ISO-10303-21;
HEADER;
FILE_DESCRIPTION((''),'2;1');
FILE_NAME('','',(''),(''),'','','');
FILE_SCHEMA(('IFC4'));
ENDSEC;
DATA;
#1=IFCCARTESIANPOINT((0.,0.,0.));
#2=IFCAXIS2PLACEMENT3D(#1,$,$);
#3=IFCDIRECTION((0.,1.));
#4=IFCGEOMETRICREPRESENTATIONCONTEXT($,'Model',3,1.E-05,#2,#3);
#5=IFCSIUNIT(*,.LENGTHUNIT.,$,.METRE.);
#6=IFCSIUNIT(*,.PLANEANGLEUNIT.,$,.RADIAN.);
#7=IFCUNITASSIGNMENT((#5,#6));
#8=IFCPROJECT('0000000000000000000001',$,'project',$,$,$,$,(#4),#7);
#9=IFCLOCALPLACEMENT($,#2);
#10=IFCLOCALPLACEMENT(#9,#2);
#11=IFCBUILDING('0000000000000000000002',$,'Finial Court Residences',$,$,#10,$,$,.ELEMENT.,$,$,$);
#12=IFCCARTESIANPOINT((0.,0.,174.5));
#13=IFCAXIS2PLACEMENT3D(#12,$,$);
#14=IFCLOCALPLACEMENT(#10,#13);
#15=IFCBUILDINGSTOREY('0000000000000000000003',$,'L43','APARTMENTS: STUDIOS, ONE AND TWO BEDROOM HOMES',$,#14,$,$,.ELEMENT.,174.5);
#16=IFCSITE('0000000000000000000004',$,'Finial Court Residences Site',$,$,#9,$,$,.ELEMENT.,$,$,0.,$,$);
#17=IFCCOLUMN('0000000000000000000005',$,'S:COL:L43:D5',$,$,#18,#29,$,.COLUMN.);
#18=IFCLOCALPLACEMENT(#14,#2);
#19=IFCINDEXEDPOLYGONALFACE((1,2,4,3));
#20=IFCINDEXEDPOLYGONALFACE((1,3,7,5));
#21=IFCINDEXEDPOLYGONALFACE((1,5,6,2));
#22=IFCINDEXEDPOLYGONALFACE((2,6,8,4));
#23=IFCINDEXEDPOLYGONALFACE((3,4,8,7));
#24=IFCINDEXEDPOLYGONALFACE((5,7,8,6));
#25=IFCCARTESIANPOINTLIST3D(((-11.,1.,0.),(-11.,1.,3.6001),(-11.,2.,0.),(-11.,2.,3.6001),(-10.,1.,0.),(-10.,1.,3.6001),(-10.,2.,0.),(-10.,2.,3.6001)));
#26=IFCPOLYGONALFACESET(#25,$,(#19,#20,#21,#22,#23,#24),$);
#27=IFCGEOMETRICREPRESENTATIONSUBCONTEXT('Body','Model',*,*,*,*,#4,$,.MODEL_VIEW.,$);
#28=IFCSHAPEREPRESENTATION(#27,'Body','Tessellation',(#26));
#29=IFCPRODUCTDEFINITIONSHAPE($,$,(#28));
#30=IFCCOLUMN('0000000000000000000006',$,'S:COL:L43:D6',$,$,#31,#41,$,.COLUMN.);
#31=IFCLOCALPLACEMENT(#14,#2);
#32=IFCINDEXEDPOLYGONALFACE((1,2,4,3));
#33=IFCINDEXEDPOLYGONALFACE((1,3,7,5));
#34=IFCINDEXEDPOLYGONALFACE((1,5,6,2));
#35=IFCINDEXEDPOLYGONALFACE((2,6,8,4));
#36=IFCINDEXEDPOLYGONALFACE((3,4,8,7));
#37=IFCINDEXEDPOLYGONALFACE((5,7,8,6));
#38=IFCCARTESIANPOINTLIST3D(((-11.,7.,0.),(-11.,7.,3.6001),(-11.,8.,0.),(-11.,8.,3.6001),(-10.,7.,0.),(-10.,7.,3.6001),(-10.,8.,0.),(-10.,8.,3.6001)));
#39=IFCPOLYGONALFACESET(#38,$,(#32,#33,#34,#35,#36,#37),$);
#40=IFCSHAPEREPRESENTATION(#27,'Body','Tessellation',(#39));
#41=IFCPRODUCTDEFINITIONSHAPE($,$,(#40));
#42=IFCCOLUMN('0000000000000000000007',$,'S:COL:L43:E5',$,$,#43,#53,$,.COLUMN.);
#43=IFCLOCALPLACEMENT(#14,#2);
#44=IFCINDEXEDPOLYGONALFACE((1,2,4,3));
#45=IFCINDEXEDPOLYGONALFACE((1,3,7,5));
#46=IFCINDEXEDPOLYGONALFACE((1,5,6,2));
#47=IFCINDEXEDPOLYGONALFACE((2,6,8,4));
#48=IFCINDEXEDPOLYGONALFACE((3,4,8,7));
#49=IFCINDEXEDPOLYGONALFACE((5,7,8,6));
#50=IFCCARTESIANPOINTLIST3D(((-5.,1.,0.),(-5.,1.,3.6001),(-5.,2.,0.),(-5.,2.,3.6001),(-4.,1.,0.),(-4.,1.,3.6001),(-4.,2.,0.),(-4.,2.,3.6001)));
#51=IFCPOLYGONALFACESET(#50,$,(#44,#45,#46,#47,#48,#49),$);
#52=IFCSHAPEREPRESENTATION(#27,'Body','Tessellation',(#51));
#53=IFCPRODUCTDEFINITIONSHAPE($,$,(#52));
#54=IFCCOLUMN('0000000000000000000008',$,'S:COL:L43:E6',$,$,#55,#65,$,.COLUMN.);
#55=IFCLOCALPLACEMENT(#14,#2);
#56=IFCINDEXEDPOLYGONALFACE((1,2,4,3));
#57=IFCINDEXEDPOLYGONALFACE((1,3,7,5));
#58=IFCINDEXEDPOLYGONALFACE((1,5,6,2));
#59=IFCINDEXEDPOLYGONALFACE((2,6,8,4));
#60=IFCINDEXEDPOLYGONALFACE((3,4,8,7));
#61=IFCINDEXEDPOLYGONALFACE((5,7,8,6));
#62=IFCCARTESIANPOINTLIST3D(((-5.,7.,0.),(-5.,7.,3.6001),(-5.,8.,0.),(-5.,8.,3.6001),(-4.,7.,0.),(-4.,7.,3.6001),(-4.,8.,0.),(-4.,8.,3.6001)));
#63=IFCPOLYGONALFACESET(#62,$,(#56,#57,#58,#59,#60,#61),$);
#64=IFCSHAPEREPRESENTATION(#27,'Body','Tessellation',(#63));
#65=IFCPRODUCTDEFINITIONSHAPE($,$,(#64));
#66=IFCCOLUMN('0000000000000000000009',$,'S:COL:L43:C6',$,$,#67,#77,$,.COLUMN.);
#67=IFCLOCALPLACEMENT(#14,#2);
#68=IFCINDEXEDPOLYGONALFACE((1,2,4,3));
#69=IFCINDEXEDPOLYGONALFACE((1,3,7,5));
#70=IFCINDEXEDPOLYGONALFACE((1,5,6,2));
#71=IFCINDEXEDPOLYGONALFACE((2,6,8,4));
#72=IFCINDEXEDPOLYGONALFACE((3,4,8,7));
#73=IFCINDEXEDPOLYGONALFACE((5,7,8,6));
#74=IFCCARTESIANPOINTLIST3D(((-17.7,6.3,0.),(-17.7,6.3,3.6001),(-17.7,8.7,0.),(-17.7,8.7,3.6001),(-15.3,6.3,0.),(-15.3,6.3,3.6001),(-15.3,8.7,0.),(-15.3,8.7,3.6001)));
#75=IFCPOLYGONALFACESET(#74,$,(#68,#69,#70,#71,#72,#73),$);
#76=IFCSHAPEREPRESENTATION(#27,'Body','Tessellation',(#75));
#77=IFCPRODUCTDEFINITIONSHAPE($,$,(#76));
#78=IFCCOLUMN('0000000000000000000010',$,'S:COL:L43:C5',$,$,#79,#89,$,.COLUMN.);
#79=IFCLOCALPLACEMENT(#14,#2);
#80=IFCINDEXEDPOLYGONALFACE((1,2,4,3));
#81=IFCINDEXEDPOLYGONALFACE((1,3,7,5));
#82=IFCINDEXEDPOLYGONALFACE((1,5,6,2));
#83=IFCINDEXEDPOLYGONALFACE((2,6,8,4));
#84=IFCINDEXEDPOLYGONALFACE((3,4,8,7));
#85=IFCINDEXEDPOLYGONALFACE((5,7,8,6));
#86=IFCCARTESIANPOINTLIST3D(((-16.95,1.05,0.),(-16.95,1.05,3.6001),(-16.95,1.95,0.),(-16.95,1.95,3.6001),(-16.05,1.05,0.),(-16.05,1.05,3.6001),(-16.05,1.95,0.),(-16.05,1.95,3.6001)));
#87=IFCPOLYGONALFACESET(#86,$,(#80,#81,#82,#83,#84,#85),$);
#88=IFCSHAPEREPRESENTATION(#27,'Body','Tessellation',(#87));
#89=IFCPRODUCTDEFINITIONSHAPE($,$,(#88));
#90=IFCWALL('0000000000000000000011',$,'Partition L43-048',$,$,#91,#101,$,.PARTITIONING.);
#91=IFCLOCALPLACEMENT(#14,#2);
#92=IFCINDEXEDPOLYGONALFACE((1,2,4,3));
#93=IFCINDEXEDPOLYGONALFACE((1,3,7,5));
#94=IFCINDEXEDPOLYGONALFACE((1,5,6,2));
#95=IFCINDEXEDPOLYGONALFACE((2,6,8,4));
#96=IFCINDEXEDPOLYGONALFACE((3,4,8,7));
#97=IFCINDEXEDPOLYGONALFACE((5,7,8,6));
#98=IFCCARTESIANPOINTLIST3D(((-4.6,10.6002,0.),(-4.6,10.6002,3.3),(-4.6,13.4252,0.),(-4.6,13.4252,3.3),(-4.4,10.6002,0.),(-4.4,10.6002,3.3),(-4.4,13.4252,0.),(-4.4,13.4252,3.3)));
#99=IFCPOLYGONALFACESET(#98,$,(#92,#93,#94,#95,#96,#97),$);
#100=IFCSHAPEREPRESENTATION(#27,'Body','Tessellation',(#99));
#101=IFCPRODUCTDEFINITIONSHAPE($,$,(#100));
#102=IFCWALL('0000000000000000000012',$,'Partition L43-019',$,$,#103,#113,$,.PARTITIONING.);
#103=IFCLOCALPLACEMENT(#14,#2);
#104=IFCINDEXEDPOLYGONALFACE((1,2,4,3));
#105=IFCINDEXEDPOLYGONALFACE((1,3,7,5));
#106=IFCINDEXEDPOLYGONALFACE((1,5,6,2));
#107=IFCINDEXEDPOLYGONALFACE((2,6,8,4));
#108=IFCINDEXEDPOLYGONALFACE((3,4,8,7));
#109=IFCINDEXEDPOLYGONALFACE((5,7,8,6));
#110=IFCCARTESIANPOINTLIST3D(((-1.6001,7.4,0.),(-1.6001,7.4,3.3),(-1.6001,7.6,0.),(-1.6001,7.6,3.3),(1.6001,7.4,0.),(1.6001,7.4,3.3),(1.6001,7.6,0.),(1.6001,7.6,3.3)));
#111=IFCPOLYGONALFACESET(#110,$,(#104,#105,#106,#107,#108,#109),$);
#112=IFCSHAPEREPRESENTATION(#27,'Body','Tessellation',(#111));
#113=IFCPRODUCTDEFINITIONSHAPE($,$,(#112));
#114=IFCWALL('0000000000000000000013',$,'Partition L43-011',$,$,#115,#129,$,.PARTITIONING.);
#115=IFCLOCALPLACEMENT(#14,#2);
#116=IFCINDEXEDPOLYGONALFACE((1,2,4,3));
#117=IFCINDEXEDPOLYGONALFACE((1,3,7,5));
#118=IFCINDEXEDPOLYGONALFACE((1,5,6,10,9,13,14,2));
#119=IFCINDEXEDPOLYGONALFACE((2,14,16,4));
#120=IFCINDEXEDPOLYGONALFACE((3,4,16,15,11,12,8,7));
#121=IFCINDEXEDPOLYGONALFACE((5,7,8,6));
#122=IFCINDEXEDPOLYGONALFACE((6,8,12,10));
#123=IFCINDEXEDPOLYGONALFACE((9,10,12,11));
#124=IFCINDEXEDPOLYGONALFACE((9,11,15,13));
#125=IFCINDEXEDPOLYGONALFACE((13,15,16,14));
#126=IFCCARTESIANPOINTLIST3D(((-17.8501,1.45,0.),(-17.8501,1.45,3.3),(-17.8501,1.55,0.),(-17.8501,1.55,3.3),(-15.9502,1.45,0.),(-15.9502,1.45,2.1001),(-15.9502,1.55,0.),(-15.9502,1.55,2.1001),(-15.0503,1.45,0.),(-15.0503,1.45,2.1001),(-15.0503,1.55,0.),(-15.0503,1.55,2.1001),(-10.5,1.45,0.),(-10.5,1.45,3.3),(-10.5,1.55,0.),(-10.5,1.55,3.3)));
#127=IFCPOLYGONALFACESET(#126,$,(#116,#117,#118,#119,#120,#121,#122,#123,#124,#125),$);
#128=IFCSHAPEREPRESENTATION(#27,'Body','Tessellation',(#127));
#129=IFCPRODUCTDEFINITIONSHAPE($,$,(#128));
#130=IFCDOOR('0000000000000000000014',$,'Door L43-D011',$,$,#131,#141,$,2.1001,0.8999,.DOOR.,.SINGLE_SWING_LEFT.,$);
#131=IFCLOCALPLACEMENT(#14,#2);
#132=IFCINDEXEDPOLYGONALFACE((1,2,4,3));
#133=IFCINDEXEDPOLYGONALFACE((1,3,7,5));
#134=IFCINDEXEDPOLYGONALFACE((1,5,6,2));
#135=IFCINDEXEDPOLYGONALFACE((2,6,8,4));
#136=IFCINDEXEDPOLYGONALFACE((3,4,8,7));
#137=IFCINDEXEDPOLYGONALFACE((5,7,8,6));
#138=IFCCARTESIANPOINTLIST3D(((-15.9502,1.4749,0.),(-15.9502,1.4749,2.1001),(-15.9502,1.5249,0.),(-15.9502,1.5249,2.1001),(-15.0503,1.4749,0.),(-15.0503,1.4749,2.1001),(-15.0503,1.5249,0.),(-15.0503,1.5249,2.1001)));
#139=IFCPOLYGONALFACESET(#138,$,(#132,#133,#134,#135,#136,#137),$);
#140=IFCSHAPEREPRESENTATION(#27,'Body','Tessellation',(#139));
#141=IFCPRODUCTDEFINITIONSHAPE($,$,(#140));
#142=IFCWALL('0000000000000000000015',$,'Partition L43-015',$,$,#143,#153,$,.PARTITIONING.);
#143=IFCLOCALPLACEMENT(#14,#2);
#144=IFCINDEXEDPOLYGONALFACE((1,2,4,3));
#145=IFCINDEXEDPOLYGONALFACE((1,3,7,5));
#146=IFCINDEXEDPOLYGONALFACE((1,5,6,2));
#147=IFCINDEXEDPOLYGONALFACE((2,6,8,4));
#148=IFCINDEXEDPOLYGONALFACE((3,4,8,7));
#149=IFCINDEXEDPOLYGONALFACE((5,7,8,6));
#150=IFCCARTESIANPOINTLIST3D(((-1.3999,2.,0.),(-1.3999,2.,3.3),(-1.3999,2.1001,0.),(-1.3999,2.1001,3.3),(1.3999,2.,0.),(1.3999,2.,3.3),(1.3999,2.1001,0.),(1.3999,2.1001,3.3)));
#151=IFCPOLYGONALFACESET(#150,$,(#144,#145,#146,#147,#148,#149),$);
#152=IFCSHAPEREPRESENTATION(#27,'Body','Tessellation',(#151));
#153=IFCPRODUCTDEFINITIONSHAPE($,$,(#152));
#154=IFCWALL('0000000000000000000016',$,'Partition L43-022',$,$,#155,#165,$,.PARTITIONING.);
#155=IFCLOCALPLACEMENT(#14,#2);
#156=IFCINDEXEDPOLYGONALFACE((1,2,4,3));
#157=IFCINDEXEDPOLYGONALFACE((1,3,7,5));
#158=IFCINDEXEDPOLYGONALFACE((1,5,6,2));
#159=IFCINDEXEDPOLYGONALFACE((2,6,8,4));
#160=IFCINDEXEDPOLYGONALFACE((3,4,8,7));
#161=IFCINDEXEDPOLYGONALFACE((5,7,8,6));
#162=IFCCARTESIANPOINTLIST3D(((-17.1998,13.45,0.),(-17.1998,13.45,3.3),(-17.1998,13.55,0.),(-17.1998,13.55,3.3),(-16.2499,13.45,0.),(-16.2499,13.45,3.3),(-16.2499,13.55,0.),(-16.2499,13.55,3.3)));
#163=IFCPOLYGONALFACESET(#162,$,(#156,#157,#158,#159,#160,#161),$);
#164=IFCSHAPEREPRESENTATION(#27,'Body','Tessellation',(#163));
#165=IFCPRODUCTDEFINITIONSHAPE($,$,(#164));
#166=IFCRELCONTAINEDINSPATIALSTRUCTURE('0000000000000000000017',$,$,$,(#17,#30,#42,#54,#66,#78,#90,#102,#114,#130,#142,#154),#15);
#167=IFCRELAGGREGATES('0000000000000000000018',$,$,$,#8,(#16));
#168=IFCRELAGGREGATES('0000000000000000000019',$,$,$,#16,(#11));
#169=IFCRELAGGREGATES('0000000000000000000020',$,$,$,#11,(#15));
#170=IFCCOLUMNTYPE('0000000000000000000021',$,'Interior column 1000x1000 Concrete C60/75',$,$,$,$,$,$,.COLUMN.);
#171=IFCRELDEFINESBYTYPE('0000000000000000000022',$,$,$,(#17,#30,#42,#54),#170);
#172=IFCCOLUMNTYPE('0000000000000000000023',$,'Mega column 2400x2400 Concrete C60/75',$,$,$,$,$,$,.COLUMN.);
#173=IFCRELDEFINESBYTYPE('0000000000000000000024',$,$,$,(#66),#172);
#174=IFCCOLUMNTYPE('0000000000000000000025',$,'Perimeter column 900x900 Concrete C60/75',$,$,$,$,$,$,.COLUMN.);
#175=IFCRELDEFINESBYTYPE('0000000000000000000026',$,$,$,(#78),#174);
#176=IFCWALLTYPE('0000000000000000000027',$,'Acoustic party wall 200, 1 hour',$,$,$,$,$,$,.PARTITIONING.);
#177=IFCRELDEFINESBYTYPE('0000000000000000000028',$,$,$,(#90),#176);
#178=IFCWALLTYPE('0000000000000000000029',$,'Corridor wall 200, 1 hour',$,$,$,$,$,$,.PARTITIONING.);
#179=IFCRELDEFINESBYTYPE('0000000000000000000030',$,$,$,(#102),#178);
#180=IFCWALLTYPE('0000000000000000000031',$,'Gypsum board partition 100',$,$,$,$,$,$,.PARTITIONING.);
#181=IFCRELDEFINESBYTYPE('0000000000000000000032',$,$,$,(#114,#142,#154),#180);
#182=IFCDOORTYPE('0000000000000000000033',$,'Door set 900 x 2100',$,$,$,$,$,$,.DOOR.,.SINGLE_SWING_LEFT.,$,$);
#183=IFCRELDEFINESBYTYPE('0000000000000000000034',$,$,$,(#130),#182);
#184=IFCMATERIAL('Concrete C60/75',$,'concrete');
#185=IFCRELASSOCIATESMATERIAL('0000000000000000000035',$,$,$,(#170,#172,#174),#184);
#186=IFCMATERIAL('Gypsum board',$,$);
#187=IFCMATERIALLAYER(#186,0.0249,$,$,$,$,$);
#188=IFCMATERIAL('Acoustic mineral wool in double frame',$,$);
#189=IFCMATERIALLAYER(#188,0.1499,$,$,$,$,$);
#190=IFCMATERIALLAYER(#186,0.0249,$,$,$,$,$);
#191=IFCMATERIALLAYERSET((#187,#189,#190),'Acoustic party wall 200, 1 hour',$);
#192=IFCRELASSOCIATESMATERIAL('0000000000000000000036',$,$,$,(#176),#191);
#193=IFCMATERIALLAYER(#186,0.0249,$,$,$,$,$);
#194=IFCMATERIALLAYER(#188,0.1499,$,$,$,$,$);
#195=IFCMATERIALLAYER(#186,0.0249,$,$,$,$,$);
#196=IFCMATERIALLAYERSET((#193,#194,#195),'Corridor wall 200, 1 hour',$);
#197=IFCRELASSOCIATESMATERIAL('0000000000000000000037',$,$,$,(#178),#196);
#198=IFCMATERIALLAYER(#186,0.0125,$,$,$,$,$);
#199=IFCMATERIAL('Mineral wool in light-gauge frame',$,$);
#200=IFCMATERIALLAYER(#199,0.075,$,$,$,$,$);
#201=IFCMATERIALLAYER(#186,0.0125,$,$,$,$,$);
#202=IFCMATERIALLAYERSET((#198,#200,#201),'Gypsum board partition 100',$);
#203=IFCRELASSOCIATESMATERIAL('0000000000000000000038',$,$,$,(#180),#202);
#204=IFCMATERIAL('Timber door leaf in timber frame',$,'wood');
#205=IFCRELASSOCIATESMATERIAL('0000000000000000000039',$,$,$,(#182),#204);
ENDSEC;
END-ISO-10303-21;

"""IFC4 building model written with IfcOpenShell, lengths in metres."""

from ifc_helpers import new_model, si_unit, direction, frame, frame_2d, origin, origin_2d, place, context, subcontext, project, spatial, rectangle, extrude, material, layer, layer_set, material_profile, profile_set, type_object, element, fill, save


model = new_model("IFC4")

# Units and contexts
model_context = context("Model", 3, precision=1e-05, world=origin(), true_north=direction((0.0, 1.0)))
body_context = subcontext(model_context, "Body", "Model", "MODEL_VIEW")
ifc_project = project(units=[si_unit("LENGTHUNIT", "METRE"), si_unit("PLANEANGLEUNIT", "RADIAN")], contexts=[model_context])

# Site, building, storey
site_placement = place(None, origin())
site = spatial("IfcSite", under=ifc_project, at=site_placement, Name="Finial Court Residences Site", CompositionType="ELEMENT", RefElevation=0.0)
building_placement = place(site_placement, origin())
building = spatial("IfcBuilding", under=site, at=building_placement, Name="Finial Court Residences", CompositionType="ELEMENT")
storey_placement = place(building_placement, frame((0.0, 0.0, 174.5)))
storey = spatial("IfcBuildingStorey", under=building, at=storey_placement, Name="L43", Description="APARTMENTS: STUDIOS, ONE AND TWO BEDROOM HOMES", CompositionType="ELEMENT", Elevation=174.5)

# Columns
ifc_material_1 = material(Name="Concrete C60/75", Category="concrete")
ifc_material_profile_1 = material_profile(ifc_material_1, rectangle(XDim=1.0, YDim=1.0, at=origin_2d()), Name="1000x1000")
ifc_profile_set_1 = profile_set([ifc_material_profile_1], Name="Concrete C60/75")
column_type_1 = type_object("IfcColumnType", Name="Interior column 1000x1000 Concrete C60/75", PredefinedType="COLUMN", material=ifc_profile_set_1)
for number, where, z_axis, x_axis, name in (
    (1, (-10.5, 1.5, 0.0), (0.0, 0.0, 1.0), (1.0, 0.0, 0.0), "S:COL:L43:D5"),
    (2, (-10.5, 7.5, 0.0), (0.0, 0.0, 1.0), (1.0, 0.0, 0.0), "S:COL:L43:D6"),
    (3, (-4.5, 1.5, 0.0), (0.0, 0.0, 1.0), (1.0, 0.0, 0.0), "S:COL:L43:E5"),
    (4, (-4.5, 7.5, 0.0), (0.0, 0.0, 1.0), (1.0, 0.0, 0.0), "S:COL:L43:E6"),
):
    element("IfcColumn", number, at=place(storey_placement, frame(where, z_axis=z_axis, x_axis=x_axis)), inside=storey, type_object=column_type_1, Name=name, PredefinedType="COLUMN", context=body_context, shape_type="SweptSolid", body=[
        extrude(rectangle(XDim=1.0, YDim=1.0, at=origin_2d()), origin(), (0.0, 0.0, 1.0), 3.6001),
    ])
ifc_material_profile_2 = material_profile(ifc_material_1, rectangle(XDim=2.3999, YDim=2.3999, at=origin_2d()), Name="2400x2400")
ifc_profile_set_2 = profile_set([ifc_material_profile_2], Name="Concrete C60/75")
column_type_2 = type_object("IfcColumnType", Name="Mega column 2400x2400 Concrete C60/75", PredefinedType="COLUMN", material=ifc_profile_set_2)
column_1_placement = place(storey_placement, frame((-16.5, 7.5, 0.0), z_axis=(0.0, 0.0, 1.0), x_axis=(1.0, 0.0, 0.0)))
element("IfcColumn", 5, at=column_1_placement, inside=storey, type_object=column_type_2, Name="S:COL:L43:C6", PredefinedType="COLUMN", context=body_context, shape_type="SweptSolid", body=[
    extrude(rectangle(XDim=2.3999, YDim=2.3999, at=origin_2d()), origin(), (0.0, 0.0, 1.0), 3.6001),
])
ifc_material_profile_3 = material_profile(ifc_material_1, rectangle(XDim=0.8999, YDim=0.8999, at=origin_2d()), Name="900x900")
ifc_profile_set_3 = profile_set([ifc_material_profile_3], Name="Concrete C60/75")
column_type_3 = type_object("IfcColumnType", Name="Perimeter column 900x900 Concrete C60/75", PredefinedType="COLUMN", material=ifc_profile_set_3)
column_2_placement = place(storey_placement, frame((-16.5, 1.5, 0.0), z_axis=(0.0, 0.0, 1.0), x_axis=(1.0, 0.0, 0.0)))
element("IfcColumn", 6, at=column_2_placement, inside=storey, type_object=column_type_3, Name="S:COL:L43:C5", PredefinedType="COLUMN", context=body_context, shape_type="SweptSolid", body=[
    extrude(rectangle(XDim=0.8999, YDim=0.8999, at=origin_2d()), origin(), (0.0, 0.0, 1.0), 3.6001),
])

# Walls
ifc_material_2 = material(Name="Gypsum board")
ifc_layer_1 = layer(ifc_material_2, 0.0249)
ifc_material_3 = material(Name="Acoustic mineral wool in double frame")
ifc_layer_2 = layer(ifc_material_3, 0.1499)
ifc_layer_3 = layer(ifc_material_2, 0.0249)
ifc_layer_set_1 = layer_set([ifc_layer_1, ifc_layer_2, ifc_layer_3], Name="Acoustic party wall 200, 1 hour")
wall_type_1 = type_object("IfcWallType", Name="Acoustic party wall 200, 1 hour", PredefinedType="PARTITIONING", material=ifc_layer_set_1)
wall_1_placement = place(storey_placement, frame((-4.5, 10.6001, 0.0), z_axis=(0.0, 0.0, 1.0), x_axis=(0.0, 1.0, 0.0)))
element("IfcWall", 7, at=wall_1_placement, inside=storey, type_object=wall_type_1, Name="Partition L43-048", PredefinedType="PARTITIONING", context=body_context, shape_type="SweptSolid", body=[
    extrude(rectangle(XDim=2.825, YDim=0.2, at=frame_2d((1.4126, 0.0))), origin(), (0.0, 0.0, 1.0), 3.3),
])
ifc_layer_4 = layer(ifc_material_2, 0.0249)
ifc_layer_5 = layer(ifc_material_3, 0.1499)
ifc_layer_6 = layer(ifc_material_2, 0.0249)
ifc_layer_set_2 = layer_set([ifc_layer_4, ifc_layer_5, ifc_layer_6], Name="Corridor wall 200, 1 hour")
wall_type_2 = type_object("IfcWallType", Name="Corridor wall 200, 1 hour", PredefinedType="PARTITIONING", material=ifc_layer_set_2)
wall_2_placement = place(storey_placement, frame((-1.6001, 7.5, 0.0), z_axis=(0.0, 0.0, 1.0), x_axis=(1.0, 0.0, 0.0)))
element("IfcWall", 8, at=wall_2_placement, inside=storey, type_object=wall_type_2, Name="Partition L43-019", PredefinedType="PARTITIONING", context=body_context, shape_type="SweptSolid", body=[
    extrude(rectangle(XDim=3.2002, YDim=0.2, at=frame_2d((1.6001, 0.0))), origin(), (0.0, 0.0, 1.0), 3.3),
])

# Wall, opening, door
ifc_layer_7 = layer(ifc_material_2, 0.0125)
ifc_material_4 = material(Name="Mineral wool in light-gauge frame")
ifc_layer_8 = layer(ifc_material_4, 0.075)
ifc_layer_9 = layer(ifc_material_2, 0.0125)
ifc_layer_set_3 = layer_set([ifc_layer_7, ifc_layer_8, ifc_layer_9], Name="Gypsum board partition 100")
wall_type_3 = type_object("IfcWallType", Name="Gypsum board partition 100", PredefinedType="PARTITIONING", material=ifc_layer_set_3)
wall_3_placement = place(storey_placement, frame((-17.8501, 1.5, 0.0), z_axis=(0.0, 0.0, 1.0), x_axis=(1.0, 0.0, 0.0)))
wall_3 = element("IfcWall", 9, at=wall_3_placement, inside=storey, type_object=wall_type_3, Name="Partition L43-011", PredefinedType="PARTITIONING", context=body_context, shape_type="SweptSolid", body=[
    extrude(rectangle(XDim=7.3501, YDim=0.1001, at=frame_2d((3.675, 0.0))), origin(), (0.0, 0.0, 1.0), 3.3),
])
opening_1_placement = place(wall_3_placement, frame((1.8999, 0.0, 0.0)))
opening_1 = element("IfcOpeningElement", 10, at=opening_1_placement, cuts=wall_3, PredefinedType="OPENING", context=body_context, shape_type="SweptSolid", body=[
    extrude(rectangle(XDim=0.8999, YDim=2.1001, at=frame_2d((0.45, 1.05))), frame((0.0, 0.0601, 0.0), z_axis=(0.0, -1.0, 0.0), x_axis=(1.0, 0.0, 0.0)), (0.0, 0.0, 1.0), 0.1201),
])
ifc_material_5 = material(Name="Timber door leaf in timber frame", Category="wood")
door_type = type_object("IfcDoorType", Name="Door set 900 x 2100", OperationType="SINGLE_SWING_LEFT", PredefinedType="DOOR", material=ifc_material_5)
door_1_placement = place(opening_1_placement, origin())
door_1 = element("IfcDoor", 11, at=door_1_placement, inside=storey, type_object=door_type, Name="Door L43-D011", OperationType="SINGLE_SWING_LEFT", OverallHeight=2.1001, OverallWidth=0.8999, PredefinedType="DOOR", context=body_context, shape_type="SweptSolid", body=[
    extrude(rectangle(XDim=0.8999, YDim=2.1001, at=frame_2d((0.45, 1.05))), frame((0.0, 0.0249, 0.0), z_axis=(0.0, -1.0, 0.0), x_axis=(1.0, 0.0, 0.0)), (0.0, 0.0, 1.0), 0.05),
])
fill(opening_1, door_1)

# Walls
wall_4_placement = place(storey_placement, frame((-1.3999, 2.05, 0.0), z_axis=(0.0, 0.0, 1.0), x_axis=(1.0, 0.0, 0.0)))
element("IfcWall", 12, at=wall_4_placement, inside=storey, type_object=wall_type_3, Name="Partition L43-015", PredefinedType="PARTITIONING", context=body_context, shape_type="SweptSolid", body=[
    extrude(rectangle(XDim=2.7998, YDim=0.1001, at=frame_2d((1.3999, 0.0))), origin(), (0.0, 0.0, 1.0), 3.3),
])
wall_5_placement = place(storey_placement, frame((-17.2, 13.5, 0.0), z_axis=(0.0, 0.0, 1.0), x_axis=(1.0, 0.0, 0.0)))
element("IfcWall", 13, at=wall_5_placement, inside=storey, type_object=wall_type_3, Name="Partition L43-022", PredefinedType="PARTITIONING", context=body_context, shape_type="SweptSolid", body=[
    extrude(rectangle(XDim=0.95, YDim=0.1001, at=frame_2d((0.4751, 0.0))), origin(), (0.0, 0.0, 1.0), 3.3),
])

save(model, "model.ifc")
